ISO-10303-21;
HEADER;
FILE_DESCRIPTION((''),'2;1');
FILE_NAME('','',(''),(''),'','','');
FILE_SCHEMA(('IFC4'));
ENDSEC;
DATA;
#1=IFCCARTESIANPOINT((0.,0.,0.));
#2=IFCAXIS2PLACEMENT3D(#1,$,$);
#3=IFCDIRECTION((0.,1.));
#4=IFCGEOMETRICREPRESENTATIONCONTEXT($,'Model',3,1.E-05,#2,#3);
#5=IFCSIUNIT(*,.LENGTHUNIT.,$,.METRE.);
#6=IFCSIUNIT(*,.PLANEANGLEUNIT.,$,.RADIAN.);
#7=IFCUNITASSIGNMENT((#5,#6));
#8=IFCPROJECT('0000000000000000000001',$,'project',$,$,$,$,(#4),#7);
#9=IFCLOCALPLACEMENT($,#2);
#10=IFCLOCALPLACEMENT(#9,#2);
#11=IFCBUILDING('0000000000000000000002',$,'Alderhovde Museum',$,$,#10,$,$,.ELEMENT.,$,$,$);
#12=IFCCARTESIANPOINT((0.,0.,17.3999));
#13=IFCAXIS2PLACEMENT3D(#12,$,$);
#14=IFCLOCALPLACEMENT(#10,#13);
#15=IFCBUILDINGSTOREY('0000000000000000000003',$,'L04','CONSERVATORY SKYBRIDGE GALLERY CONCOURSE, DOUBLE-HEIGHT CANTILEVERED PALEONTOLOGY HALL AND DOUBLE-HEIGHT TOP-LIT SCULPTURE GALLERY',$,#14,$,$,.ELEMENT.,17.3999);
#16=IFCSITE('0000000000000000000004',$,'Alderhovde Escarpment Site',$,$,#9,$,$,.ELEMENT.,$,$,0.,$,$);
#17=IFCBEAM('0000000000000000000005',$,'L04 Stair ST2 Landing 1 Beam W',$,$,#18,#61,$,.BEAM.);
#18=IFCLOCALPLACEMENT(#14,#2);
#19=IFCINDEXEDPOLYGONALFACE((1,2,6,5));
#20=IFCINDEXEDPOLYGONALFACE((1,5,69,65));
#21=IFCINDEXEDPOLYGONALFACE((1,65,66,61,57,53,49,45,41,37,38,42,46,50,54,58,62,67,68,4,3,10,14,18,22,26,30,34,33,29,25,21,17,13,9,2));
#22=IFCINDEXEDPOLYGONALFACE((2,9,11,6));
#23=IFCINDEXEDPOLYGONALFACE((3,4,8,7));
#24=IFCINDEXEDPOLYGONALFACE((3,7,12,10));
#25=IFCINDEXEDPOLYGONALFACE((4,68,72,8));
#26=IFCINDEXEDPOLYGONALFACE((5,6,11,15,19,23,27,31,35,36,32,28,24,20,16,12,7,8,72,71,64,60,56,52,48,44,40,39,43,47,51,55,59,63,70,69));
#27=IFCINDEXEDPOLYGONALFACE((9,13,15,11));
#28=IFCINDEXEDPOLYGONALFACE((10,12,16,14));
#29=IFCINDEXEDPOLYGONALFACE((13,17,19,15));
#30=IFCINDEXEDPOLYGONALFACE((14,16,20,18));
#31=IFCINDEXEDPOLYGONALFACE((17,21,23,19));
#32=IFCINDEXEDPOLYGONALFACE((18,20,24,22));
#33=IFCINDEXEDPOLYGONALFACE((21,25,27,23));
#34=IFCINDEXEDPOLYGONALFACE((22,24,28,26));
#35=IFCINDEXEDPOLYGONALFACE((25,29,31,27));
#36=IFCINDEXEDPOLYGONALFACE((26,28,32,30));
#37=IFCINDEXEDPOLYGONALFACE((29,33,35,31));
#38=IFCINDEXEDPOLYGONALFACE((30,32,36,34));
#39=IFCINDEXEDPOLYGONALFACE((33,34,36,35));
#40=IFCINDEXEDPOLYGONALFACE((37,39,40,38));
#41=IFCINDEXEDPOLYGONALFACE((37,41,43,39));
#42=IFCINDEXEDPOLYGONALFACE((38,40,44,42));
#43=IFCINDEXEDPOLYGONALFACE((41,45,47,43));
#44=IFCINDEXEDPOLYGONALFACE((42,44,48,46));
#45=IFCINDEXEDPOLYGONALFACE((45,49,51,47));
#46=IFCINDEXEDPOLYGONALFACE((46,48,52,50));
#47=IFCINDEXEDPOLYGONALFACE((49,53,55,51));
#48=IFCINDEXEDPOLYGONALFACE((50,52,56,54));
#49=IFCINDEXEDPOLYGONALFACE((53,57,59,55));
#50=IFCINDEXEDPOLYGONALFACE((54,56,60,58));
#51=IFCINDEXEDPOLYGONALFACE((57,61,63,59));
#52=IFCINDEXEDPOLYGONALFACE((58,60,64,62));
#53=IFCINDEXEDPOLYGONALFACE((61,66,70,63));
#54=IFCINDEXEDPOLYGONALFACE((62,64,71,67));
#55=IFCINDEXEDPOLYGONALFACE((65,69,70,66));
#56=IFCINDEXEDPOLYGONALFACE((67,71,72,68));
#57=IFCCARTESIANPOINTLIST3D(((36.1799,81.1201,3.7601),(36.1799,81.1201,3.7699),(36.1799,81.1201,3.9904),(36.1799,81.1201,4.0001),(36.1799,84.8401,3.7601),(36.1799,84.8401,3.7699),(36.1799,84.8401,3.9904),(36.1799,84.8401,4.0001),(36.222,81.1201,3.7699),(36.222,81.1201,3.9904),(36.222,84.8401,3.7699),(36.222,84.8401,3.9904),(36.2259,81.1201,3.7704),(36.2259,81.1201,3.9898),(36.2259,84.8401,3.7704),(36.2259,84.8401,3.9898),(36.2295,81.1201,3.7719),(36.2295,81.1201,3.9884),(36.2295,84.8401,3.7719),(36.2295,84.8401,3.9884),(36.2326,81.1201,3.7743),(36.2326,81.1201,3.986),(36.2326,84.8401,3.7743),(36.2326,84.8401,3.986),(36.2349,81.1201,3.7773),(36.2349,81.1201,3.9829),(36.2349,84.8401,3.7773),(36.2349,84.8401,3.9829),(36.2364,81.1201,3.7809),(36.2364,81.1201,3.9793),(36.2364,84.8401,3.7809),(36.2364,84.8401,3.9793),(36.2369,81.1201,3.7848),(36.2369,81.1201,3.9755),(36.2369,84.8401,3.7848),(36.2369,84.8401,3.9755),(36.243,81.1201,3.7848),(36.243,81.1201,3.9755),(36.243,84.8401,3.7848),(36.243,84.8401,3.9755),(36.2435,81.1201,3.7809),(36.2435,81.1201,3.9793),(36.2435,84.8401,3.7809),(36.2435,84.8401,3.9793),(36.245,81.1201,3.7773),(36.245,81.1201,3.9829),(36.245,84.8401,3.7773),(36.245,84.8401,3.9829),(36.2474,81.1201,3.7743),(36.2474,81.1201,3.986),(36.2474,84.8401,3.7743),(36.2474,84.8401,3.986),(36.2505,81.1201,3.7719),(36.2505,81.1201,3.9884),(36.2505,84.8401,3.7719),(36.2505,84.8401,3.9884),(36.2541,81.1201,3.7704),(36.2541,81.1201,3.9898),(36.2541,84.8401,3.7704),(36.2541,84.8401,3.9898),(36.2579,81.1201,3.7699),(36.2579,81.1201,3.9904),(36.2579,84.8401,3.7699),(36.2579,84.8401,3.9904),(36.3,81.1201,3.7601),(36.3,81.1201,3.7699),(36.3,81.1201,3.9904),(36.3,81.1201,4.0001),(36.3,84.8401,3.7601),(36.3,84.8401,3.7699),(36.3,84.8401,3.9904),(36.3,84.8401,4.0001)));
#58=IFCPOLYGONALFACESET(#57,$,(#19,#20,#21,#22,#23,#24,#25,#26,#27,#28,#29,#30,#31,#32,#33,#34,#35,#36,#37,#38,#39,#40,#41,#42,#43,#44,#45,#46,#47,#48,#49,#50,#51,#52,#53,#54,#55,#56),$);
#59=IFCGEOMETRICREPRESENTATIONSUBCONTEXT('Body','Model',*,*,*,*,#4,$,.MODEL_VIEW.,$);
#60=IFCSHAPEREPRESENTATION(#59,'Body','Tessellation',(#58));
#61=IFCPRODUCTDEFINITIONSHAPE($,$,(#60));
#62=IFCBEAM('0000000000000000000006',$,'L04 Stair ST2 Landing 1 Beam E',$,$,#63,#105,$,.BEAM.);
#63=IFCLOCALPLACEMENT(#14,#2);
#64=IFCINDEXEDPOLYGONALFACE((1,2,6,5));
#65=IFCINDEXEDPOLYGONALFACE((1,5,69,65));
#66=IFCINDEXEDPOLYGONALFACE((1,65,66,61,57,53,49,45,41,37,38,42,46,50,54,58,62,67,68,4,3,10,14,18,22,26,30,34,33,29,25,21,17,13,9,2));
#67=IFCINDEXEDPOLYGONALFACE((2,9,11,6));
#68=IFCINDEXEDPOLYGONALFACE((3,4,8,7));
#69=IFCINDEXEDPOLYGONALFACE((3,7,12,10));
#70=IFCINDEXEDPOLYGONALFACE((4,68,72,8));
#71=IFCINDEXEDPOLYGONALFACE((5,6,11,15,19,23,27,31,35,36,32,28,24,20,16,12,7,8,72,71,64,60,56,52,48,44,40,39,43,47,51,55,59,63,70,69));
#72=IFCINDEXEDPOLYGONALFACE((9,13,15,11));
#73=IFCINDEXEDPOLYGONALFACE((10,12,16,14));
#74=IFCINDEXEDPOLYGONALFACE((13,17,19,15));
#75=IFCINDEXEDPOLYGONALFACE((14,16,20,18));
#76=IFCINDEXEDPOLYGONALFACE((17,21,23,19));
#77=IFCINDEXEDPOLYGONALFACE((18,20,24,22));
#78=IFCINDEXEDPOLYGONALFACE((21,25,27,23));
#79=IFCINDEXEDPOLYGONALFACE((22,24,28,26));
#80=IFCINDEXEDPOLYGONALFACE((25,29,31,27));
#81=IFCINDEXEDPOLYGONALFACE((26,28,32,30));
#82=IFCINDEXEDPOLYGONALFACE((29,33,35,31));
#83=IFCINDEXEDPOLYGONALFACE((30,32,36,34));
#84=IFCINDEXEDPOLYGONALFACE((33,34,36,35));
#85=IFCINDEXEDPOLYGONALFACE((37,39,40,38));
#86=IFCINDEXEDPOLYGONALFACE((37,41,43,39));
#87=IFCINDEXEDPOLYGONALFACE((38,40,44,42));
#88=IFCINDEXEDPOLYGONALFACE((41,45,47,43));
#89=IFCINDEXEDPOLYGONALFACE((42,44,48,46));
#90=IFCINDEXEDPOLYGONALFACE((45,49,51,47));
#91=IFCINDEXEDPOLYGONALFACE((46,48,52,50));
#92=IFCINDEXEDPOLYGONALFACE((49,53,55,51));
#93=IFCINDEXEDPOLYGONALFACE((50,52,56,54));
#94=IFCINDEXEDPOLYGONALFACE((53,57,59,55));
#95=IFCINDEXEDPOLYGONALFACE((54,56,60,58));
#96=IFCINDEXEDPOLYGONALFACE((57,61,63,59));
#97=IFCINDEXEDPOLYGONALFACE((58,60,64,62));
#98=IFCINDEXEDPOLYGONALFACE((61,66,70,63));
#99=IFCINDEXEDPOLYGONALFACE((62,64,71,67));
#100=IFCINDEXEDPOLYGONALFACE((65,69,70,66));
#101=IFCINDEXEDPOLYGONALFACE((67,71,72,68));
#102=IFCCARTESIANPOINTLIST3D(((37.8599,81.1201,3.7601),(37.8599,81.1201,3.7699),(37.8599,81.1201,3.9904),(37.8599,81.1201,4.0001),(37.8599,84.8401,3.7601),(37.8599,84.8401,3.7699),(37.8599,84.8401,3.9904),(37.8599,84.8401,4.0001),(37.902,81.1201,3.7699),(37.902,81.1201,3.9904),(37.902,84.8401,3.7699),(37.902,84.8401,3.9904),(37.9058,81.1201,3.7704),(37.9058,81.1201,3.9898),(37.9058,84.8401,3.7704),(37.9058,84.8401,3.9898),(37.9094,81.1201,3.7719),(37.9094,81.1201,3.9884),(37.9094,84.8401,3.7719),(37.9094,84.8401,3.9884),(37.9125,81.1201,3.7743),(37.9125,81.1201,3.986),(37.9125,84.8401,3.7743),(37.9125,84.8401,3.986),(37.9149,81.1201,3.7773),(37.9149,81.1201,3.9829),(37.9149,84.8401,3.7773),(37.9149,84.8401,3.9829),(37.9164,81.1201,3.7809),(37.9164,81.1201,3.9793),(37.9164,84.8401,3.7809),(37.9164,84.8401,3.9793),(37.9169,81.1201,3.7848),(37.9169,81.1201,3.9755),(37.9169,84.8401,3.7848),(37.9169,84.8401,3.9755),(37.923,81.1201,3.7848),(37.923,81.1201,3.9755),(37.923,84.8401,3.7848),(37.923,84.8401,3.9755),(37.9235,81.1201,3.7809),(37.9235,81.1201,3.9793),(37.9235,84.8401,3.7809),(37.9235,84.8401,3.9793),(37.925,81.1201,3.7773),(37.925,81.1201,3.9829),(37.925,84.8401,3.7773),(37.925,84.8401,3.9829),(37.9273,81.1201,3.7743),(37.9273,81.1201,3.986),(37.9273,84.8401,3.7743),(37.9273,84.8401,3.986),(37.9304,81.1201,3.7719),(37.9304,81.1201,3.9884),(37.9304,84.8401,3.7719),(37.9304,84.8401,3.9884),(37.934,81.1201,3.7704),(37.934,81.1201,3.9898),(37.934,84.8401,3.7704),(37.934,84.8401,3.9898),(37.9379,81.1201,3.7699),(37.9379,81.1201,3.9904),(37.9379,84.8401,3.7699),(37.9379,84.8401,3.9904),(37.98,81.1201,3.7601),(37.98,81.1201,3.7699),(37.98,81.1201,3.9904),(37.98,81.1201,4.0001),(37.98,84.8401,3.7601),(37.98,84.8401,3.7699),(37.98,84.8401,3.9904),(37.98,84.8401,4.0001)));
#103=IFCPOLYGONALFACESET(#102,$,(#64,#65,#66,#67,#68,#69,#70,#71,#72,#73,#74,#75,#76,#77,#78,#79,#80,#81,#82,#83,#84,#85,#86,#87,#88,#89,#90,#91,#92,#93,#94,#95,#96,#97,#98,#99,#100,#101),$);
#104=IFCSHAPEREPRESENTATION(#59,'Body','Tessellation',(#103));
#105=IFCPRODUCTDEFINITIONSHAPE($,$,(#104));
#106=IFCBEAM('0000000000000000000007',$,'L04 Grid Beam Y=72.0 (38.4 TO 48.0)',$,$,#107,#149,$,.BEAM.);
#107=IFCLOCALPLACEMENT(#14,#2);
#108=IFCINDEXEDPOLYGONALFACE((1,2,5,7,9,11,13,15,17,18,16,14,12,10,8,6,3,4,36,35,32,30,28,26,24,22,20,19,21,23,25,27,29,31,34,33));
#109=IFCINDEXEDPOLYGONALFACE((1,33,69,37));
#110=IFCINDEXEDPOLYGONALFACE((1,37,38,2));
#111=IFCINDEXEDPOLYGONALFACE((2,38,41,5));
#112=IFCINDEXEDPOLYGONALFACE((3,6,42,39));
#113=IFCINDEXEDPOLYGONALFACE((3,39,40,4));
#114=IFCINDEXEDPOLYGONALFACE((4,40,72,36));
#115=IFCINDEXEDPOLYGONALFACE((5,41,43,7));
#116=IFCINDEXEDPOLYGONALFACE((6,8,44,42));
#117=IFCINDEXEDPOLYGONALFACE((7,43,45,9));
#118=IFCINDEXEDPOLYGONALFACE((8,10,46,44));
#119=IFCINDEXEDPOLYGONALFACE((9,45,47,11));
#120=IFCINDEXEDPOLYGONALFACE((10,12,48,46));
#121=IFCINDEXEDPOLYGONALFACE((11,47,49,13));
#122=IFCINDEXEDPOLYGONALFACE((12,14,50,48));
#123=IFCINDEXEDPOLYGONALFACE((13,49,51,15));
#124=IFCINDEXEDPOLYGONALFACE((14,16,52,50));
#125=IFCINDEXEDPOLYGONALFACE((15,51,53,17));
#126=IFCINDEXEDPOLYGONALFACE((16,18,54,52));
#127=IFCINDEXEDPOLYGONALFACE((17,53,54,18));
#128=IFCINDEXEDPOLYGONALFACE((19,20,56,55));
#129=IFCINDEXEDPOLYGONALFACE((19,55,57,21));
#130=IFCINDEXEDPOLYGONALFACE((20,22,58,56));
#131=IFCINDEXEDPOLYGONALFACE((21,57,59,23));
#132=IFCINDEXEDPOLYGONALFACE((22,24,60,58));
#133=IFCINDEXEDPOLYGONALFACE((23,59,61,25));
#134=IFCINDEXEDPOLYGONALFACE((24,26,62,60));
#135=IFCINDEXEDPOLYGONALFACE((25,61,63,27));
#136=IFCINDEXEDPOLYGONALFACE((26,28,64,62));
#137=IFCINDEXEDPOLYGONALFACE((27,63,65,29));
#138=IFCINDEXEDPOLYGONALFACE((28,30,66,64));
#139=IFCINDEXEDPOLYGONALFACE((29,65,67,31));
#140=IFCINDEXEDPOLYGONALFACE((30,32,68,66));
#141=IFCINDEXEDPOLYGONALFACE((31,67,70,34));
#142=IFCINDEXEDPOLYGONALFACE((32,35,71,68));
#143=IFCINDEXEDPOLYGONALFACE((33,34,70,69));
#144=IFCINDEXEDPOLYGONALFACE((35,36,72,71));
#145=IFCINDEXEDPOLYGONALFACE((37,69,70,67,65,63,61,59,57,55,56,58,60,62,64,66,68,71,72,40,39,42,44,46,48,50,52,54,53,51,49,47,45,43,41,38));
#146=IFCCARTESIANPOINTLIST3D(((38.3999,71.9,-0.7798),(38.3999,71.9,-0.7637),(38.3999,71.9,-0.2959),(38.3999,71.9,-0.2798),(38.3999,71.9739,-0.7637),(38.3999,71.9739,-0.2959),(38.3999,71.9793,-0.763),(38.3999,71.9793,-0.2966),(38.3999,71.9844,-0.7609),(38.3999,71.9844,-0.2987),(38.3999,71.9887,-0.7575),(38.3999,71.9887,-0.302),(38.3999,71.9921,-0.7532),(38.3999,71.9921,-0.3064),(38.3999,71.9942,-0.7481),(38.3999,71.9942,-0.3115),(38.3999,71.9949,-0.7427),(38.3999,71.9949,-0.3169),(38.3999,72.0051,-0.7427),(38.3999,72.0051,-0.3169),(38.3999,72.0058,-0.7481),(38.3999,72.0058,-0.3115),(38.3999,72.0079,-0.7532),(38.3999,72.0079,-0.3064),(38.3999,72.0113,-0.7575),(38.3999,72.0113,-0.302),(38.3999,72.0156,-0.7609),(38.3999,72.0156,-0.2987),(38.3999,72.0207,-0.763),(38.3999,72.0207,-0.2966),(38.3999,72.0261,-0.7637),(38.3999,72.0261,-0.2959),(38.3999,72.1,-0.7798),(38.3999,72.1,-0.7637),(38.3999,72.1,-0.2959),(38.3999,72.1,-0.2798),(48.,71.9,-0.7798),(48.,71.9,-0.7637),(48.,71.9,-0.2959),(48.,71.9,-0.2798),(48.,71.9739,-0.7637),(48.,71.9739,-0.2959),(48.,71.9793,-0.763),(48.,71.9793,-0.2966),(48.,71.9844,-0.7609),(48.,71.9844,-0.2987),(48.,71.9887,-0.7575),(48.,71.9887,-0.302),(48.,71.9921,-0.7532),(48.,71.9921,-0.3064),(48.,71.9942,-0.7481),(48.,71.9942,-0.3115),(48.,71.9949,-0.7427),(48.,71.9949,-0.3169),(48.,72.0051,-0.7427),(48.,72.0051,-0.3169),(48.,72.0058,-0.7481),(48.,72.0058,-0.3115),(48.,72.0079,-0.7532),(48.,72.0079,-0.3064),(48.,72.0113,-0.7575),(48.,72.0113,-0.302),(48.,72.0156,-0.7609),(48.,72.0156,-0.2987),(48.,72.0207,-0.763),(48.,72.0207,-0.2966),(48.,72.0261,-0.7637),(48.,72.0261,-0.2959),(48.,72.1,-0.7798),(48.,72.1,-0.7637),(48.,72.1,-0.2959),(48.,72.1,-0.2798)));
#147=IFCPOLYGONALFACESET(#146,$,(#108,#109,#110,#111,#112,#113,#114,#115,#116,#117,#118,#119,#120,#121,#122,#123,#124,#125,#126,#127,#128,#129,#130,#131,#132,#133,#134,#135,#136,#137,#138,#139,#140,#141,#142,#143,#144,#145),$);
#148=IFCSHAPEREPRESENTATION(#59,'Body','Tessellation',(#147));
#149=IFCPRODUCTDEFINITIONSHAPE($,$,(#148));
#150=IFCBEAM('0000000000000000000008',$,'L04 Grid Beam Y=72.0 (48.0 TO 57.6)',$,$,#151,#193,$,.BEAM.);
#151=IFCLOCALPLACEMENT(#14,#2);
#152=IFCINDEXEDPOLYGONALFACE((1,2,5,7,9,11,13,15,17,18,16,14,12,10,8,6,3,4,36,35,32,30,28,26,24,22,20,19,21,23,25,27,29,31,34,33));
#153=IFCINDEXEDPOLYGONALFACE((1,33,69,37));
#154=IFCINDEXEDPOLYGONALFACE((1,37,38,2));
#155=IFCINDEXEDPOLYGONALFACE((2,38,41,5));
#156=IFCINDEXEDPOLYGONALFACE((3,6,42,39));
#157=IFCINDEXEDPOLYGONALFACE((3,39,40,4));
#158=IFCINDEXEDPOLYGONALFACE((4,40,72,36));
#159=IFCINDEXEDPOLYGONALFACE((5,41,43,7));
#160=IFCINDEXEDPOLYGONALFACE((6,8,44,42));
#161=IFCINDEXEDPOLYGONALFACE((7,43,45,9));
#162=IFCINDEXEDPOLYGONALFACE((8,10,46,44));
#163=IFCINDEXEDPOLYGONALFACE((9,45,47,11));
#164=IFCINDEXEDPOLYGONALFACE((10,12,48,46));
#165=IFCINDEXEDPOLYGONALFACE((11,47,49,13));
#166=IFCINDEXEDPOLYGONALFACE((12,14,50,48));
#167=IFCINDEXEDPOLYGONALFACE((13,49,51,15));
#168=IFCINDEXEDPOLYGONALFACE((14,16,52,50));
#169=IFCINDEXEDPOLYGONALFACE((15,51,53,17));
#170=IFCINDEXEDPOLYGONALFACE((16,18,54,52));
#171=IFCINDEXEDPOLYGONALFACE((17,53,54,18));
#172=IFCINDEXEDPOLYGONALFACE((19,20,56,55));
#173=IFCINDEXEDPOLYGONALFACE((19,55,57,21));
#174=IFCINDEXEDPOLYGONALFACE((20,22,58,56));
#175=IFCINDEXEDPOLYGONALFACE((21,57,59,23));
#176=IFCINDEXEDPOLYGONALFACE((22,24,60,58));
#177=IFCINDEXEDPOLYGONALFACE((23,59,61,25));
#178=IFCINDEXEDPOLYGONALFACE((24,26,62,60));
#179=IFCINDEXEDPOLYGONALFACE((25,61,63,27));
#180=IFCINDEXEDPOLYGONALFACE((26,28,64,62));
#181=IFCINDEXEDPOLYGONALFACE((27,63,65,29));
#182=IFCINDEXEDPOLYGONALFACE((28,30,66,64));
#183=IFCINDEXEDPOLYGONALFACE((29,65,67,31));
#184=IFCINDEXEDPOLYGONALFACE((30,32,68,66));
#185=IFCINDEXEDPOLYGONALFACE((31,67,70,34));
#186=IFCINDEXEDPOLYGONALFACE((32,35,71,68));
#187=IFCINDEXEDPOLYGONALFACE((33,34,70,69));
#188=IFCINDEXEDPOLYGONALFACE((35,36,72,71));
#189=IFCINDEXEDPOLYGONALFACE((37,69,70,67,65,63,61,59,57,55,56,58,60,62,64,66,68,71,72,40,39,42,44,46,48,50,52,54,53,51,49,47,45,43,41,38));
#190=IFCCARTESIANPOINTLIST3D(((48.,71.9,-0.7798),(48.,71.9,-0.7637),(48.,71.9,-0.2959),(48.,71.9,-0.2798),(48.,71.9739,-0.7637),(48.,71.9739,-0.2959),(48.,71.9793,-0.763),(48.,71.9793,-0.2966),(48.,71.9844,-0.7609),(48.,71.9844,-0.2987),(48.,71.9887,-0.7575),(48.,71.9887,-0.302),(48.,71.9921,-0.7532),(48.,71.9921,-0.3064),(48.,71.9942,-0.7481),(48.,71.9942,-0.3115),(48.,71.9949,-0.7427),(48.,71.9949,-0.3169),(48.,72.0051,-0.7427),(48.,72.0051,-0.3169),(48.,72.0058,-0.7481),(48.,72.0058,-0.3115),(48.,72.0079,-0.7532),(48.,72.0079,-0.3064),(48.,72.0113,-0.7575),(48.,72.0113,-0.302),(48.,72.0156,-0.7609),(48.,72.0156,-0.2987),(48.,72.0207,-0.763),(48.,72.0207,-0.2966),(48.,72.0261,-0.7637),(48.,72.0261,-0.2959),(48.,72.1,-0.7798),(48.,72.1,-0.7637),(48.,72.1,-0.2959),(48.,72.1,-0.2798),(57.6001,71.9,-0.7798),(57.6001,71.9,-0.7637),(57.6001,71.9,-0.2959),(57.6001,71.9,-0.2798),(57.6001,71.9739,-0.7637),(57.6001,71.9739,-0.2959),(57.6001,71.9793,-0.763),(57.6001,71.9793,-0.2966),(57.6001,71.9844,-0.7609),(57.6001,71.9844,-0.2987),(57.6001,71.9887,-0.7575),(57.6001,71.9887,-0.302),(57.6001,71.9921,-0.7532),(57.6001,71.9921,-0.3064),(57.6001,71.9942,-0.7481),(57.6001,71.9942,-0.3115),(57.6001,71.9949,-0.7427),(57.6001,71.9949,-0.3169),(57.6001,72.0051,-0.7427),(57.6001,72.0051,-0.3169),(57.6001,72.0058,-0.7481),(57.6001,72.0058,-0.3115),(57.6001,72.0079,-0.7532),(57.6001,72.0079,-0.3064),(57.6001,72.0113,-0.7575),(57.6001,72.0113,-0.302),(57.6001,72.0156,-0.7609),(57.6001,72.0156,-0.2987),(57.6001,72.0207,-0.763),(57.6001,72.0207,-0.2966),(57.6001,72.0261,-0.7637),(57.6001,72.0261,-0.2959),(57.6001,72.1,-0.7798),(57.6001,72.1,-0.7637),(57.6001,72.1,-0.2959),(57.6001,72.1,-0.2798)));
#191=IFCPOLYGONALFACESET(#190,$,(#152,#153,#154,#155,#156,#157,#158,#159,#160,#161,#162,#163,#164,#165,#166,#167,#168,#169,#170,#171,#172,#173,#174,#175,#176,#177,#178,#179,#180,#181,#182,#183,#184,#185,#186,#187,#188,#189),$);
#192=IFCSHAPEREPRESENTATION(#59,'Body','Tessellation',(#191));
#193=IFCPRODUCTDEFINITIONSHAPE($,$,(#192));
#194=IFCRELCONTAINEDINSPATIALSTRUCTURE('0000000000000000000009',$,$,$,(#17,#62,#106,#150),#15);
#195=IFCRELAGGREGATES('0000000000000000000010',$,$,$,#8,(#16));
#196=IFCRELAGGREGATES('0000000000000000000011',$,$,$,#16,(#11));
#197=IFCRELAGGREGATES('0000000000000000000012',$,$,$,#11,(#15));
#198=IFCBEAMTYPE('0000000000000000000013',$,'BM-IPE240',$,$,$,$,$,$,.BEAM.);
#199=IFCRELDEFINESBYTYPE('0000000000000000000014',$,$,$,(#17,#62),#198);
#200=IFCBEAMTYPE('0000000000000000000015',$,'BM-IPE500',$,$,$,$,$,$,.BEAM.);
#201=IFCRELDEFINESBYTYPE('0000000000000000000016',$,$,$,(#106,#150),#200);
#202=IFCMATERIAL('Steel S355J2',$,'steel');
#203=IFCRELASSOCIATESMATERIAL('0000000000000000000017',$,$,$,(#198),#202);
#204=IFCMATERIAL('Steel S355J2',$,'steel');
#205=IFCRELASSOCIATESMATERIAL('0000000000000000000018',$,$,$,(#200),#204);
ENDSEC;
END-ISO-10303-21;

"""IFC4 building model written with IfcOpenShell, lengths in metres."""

from ifc_helpers import new_model, si_unit, direction, frame, origin, origin_2d, place, context, subcontext, project, spatial, i_section, extrude, material, material_profile, profile_set, type_object, element, save


model = new_model("IFC4")

# Units and contexts
model_context = context("Model", 3, precision=1e-05, world=origin(), true_north=direction((0.0, 1.0)))
body_context = subcontext(model_context, "Body", "Model", "MODEL_VIEW")
ifc_project = project(units=[si_unit("LENGTHUNIT", "METRE"), si_unit("PLANEANGLEUNIT", "RADIAN")], contexts=[model_context])

# Site, building, storey
site_placement = place(None, origin())
site = spatial("IfcSite", under=ifc_project, at=site_placement, Name="Alderhovde Escarpment Site", CompositionType="ELEMENT", RefElevation=0.0)
building_placement = place(site_placement, origin())
building = spatial("IfcBuilding", under=site, at=building_placement, Name="Alderhovde Museum", CompositionType="ELEMENT")
storey_placement = place(building_placement, frame((0.0, 0.0, 17.3999)))
storey = spatial("IfcBuildingStorey", under=building, at=storey_placement, Name="L04", Description="CONSERVATORY SKYBRIDGE GALLERY CONCOURSE, DOUBLE-HEIGHT CANTILEVERED PALEONTOLOGY HALL AND DOUBLE-HEIGHT TOP-LIT SCULPTURE GALLERY", CompositionType="ELEMENT", Elevation=17.3999)

# Beams
ifc_material_1 = material(Name="Steel S355J2", Category="steel")
ifc_material_profile_1 = material_profile(ifc_material_1, i_section(OverallWidth=0.1201, OverallDepth=0.24, WebThickness=0.0061, FlangeThickness=0.0098, FilletRadius=0.0149, at=origin_2d()), Name="IPE 240")
ifc_profile_set_1 = profile_set([ifc_material_profile_1], Name="Steel S355J2")
beam_type_1 = type_object("IfcBeamType", Name="BM-IPE240", PredefinedType="BEAM", material=ifc_profile_set_1)
for number, where, z_axis, x_axis, name in (
    (1, (36.24, 81.1201, 3.8801), (0.0, 1.0, 0.0), (-1.0, 0.0, 0.0), "L04 Stair ST2 Landing 1 Beam W"),
    (2, (37.9199, 81.1201, 3.8801), (0.0, 1.0, 0.0), (-1.0, 0.0, 0.0), "L04 Stair ST2 Landing 1 Beam E"),
):
    element("IfcBeam", number, at=place(storey_placement, frame(where, z_axis=z_axis, x_axis=x_axis)), inside=storey, type_object=beam_type_1, Name=name, PredefinedType="BEAM", context=body_context, shape_type="SweptSolid", body=[
        extrude(i_section(OverallWidth=0.1201, OverallDepth=0.24, WebThickness=0.0061, FlangeThickness=0.0098, FilletRadius=0.0149, at=origin_2d()), origin(), (0.0, 0.0, 1.0), 3.72),
    ])
ifc_material_2 = material(Name="Steel S355J2", Category="steel")
ifc_material_profile_2 = material_profile(ifc_material_2, i_section(OverallWidth=0.2, OverallDepth=0.5, WebThickness=0.0103, FlangeThickness=0.0161, FilletRadius=0.021, at=origin_2d()), Name="IPE 500")
ifc_profile_set_2 = profile_set([ifc_material_profile_2], Name="Steel S355J2")
beam_type_2 = type_object("IfcBeamType", Name="BM-IPE500", PredefinedType="BEAM", material=ifc_profile_set_2)
for number, where, z_axis, x_axis, name in (
    (3, (38.3999, 72.0, -0.5298), (1.0, 0.0, 0.0), (0.0, 1.0, 0.0), "L04 Grid Beam Y=72.0 (38.4 TO 48.0)"),
    (4, (48.0, 72.0, -0.5298), (1.0, 0.0, 0.0), (0.0, 1.0, 0.0), "L04 Grid Beam Y=72.0 (48.0 TO 57.6)"),
):
    element("IfcBeam", number, at=place(storey_placement, frame(where, z_axis=z_axis, x_axis=x_axis)), inside=storey, type_object=beam_type_2, Name=name, PredefinedType="BEAM", context=body_context, shape_type="SweptSolid", body=[
        extrude(i_section(OverallWidth=0.2, OverallDepth=0.5, WebThickness=0.0103, FlangeThickness=0.0161, FilletRadius=0.021, at=origin_2d()), origin(), (0.0, 0.0, 1.0), 9.6001),
    ])

save(model, "model.ifc")
